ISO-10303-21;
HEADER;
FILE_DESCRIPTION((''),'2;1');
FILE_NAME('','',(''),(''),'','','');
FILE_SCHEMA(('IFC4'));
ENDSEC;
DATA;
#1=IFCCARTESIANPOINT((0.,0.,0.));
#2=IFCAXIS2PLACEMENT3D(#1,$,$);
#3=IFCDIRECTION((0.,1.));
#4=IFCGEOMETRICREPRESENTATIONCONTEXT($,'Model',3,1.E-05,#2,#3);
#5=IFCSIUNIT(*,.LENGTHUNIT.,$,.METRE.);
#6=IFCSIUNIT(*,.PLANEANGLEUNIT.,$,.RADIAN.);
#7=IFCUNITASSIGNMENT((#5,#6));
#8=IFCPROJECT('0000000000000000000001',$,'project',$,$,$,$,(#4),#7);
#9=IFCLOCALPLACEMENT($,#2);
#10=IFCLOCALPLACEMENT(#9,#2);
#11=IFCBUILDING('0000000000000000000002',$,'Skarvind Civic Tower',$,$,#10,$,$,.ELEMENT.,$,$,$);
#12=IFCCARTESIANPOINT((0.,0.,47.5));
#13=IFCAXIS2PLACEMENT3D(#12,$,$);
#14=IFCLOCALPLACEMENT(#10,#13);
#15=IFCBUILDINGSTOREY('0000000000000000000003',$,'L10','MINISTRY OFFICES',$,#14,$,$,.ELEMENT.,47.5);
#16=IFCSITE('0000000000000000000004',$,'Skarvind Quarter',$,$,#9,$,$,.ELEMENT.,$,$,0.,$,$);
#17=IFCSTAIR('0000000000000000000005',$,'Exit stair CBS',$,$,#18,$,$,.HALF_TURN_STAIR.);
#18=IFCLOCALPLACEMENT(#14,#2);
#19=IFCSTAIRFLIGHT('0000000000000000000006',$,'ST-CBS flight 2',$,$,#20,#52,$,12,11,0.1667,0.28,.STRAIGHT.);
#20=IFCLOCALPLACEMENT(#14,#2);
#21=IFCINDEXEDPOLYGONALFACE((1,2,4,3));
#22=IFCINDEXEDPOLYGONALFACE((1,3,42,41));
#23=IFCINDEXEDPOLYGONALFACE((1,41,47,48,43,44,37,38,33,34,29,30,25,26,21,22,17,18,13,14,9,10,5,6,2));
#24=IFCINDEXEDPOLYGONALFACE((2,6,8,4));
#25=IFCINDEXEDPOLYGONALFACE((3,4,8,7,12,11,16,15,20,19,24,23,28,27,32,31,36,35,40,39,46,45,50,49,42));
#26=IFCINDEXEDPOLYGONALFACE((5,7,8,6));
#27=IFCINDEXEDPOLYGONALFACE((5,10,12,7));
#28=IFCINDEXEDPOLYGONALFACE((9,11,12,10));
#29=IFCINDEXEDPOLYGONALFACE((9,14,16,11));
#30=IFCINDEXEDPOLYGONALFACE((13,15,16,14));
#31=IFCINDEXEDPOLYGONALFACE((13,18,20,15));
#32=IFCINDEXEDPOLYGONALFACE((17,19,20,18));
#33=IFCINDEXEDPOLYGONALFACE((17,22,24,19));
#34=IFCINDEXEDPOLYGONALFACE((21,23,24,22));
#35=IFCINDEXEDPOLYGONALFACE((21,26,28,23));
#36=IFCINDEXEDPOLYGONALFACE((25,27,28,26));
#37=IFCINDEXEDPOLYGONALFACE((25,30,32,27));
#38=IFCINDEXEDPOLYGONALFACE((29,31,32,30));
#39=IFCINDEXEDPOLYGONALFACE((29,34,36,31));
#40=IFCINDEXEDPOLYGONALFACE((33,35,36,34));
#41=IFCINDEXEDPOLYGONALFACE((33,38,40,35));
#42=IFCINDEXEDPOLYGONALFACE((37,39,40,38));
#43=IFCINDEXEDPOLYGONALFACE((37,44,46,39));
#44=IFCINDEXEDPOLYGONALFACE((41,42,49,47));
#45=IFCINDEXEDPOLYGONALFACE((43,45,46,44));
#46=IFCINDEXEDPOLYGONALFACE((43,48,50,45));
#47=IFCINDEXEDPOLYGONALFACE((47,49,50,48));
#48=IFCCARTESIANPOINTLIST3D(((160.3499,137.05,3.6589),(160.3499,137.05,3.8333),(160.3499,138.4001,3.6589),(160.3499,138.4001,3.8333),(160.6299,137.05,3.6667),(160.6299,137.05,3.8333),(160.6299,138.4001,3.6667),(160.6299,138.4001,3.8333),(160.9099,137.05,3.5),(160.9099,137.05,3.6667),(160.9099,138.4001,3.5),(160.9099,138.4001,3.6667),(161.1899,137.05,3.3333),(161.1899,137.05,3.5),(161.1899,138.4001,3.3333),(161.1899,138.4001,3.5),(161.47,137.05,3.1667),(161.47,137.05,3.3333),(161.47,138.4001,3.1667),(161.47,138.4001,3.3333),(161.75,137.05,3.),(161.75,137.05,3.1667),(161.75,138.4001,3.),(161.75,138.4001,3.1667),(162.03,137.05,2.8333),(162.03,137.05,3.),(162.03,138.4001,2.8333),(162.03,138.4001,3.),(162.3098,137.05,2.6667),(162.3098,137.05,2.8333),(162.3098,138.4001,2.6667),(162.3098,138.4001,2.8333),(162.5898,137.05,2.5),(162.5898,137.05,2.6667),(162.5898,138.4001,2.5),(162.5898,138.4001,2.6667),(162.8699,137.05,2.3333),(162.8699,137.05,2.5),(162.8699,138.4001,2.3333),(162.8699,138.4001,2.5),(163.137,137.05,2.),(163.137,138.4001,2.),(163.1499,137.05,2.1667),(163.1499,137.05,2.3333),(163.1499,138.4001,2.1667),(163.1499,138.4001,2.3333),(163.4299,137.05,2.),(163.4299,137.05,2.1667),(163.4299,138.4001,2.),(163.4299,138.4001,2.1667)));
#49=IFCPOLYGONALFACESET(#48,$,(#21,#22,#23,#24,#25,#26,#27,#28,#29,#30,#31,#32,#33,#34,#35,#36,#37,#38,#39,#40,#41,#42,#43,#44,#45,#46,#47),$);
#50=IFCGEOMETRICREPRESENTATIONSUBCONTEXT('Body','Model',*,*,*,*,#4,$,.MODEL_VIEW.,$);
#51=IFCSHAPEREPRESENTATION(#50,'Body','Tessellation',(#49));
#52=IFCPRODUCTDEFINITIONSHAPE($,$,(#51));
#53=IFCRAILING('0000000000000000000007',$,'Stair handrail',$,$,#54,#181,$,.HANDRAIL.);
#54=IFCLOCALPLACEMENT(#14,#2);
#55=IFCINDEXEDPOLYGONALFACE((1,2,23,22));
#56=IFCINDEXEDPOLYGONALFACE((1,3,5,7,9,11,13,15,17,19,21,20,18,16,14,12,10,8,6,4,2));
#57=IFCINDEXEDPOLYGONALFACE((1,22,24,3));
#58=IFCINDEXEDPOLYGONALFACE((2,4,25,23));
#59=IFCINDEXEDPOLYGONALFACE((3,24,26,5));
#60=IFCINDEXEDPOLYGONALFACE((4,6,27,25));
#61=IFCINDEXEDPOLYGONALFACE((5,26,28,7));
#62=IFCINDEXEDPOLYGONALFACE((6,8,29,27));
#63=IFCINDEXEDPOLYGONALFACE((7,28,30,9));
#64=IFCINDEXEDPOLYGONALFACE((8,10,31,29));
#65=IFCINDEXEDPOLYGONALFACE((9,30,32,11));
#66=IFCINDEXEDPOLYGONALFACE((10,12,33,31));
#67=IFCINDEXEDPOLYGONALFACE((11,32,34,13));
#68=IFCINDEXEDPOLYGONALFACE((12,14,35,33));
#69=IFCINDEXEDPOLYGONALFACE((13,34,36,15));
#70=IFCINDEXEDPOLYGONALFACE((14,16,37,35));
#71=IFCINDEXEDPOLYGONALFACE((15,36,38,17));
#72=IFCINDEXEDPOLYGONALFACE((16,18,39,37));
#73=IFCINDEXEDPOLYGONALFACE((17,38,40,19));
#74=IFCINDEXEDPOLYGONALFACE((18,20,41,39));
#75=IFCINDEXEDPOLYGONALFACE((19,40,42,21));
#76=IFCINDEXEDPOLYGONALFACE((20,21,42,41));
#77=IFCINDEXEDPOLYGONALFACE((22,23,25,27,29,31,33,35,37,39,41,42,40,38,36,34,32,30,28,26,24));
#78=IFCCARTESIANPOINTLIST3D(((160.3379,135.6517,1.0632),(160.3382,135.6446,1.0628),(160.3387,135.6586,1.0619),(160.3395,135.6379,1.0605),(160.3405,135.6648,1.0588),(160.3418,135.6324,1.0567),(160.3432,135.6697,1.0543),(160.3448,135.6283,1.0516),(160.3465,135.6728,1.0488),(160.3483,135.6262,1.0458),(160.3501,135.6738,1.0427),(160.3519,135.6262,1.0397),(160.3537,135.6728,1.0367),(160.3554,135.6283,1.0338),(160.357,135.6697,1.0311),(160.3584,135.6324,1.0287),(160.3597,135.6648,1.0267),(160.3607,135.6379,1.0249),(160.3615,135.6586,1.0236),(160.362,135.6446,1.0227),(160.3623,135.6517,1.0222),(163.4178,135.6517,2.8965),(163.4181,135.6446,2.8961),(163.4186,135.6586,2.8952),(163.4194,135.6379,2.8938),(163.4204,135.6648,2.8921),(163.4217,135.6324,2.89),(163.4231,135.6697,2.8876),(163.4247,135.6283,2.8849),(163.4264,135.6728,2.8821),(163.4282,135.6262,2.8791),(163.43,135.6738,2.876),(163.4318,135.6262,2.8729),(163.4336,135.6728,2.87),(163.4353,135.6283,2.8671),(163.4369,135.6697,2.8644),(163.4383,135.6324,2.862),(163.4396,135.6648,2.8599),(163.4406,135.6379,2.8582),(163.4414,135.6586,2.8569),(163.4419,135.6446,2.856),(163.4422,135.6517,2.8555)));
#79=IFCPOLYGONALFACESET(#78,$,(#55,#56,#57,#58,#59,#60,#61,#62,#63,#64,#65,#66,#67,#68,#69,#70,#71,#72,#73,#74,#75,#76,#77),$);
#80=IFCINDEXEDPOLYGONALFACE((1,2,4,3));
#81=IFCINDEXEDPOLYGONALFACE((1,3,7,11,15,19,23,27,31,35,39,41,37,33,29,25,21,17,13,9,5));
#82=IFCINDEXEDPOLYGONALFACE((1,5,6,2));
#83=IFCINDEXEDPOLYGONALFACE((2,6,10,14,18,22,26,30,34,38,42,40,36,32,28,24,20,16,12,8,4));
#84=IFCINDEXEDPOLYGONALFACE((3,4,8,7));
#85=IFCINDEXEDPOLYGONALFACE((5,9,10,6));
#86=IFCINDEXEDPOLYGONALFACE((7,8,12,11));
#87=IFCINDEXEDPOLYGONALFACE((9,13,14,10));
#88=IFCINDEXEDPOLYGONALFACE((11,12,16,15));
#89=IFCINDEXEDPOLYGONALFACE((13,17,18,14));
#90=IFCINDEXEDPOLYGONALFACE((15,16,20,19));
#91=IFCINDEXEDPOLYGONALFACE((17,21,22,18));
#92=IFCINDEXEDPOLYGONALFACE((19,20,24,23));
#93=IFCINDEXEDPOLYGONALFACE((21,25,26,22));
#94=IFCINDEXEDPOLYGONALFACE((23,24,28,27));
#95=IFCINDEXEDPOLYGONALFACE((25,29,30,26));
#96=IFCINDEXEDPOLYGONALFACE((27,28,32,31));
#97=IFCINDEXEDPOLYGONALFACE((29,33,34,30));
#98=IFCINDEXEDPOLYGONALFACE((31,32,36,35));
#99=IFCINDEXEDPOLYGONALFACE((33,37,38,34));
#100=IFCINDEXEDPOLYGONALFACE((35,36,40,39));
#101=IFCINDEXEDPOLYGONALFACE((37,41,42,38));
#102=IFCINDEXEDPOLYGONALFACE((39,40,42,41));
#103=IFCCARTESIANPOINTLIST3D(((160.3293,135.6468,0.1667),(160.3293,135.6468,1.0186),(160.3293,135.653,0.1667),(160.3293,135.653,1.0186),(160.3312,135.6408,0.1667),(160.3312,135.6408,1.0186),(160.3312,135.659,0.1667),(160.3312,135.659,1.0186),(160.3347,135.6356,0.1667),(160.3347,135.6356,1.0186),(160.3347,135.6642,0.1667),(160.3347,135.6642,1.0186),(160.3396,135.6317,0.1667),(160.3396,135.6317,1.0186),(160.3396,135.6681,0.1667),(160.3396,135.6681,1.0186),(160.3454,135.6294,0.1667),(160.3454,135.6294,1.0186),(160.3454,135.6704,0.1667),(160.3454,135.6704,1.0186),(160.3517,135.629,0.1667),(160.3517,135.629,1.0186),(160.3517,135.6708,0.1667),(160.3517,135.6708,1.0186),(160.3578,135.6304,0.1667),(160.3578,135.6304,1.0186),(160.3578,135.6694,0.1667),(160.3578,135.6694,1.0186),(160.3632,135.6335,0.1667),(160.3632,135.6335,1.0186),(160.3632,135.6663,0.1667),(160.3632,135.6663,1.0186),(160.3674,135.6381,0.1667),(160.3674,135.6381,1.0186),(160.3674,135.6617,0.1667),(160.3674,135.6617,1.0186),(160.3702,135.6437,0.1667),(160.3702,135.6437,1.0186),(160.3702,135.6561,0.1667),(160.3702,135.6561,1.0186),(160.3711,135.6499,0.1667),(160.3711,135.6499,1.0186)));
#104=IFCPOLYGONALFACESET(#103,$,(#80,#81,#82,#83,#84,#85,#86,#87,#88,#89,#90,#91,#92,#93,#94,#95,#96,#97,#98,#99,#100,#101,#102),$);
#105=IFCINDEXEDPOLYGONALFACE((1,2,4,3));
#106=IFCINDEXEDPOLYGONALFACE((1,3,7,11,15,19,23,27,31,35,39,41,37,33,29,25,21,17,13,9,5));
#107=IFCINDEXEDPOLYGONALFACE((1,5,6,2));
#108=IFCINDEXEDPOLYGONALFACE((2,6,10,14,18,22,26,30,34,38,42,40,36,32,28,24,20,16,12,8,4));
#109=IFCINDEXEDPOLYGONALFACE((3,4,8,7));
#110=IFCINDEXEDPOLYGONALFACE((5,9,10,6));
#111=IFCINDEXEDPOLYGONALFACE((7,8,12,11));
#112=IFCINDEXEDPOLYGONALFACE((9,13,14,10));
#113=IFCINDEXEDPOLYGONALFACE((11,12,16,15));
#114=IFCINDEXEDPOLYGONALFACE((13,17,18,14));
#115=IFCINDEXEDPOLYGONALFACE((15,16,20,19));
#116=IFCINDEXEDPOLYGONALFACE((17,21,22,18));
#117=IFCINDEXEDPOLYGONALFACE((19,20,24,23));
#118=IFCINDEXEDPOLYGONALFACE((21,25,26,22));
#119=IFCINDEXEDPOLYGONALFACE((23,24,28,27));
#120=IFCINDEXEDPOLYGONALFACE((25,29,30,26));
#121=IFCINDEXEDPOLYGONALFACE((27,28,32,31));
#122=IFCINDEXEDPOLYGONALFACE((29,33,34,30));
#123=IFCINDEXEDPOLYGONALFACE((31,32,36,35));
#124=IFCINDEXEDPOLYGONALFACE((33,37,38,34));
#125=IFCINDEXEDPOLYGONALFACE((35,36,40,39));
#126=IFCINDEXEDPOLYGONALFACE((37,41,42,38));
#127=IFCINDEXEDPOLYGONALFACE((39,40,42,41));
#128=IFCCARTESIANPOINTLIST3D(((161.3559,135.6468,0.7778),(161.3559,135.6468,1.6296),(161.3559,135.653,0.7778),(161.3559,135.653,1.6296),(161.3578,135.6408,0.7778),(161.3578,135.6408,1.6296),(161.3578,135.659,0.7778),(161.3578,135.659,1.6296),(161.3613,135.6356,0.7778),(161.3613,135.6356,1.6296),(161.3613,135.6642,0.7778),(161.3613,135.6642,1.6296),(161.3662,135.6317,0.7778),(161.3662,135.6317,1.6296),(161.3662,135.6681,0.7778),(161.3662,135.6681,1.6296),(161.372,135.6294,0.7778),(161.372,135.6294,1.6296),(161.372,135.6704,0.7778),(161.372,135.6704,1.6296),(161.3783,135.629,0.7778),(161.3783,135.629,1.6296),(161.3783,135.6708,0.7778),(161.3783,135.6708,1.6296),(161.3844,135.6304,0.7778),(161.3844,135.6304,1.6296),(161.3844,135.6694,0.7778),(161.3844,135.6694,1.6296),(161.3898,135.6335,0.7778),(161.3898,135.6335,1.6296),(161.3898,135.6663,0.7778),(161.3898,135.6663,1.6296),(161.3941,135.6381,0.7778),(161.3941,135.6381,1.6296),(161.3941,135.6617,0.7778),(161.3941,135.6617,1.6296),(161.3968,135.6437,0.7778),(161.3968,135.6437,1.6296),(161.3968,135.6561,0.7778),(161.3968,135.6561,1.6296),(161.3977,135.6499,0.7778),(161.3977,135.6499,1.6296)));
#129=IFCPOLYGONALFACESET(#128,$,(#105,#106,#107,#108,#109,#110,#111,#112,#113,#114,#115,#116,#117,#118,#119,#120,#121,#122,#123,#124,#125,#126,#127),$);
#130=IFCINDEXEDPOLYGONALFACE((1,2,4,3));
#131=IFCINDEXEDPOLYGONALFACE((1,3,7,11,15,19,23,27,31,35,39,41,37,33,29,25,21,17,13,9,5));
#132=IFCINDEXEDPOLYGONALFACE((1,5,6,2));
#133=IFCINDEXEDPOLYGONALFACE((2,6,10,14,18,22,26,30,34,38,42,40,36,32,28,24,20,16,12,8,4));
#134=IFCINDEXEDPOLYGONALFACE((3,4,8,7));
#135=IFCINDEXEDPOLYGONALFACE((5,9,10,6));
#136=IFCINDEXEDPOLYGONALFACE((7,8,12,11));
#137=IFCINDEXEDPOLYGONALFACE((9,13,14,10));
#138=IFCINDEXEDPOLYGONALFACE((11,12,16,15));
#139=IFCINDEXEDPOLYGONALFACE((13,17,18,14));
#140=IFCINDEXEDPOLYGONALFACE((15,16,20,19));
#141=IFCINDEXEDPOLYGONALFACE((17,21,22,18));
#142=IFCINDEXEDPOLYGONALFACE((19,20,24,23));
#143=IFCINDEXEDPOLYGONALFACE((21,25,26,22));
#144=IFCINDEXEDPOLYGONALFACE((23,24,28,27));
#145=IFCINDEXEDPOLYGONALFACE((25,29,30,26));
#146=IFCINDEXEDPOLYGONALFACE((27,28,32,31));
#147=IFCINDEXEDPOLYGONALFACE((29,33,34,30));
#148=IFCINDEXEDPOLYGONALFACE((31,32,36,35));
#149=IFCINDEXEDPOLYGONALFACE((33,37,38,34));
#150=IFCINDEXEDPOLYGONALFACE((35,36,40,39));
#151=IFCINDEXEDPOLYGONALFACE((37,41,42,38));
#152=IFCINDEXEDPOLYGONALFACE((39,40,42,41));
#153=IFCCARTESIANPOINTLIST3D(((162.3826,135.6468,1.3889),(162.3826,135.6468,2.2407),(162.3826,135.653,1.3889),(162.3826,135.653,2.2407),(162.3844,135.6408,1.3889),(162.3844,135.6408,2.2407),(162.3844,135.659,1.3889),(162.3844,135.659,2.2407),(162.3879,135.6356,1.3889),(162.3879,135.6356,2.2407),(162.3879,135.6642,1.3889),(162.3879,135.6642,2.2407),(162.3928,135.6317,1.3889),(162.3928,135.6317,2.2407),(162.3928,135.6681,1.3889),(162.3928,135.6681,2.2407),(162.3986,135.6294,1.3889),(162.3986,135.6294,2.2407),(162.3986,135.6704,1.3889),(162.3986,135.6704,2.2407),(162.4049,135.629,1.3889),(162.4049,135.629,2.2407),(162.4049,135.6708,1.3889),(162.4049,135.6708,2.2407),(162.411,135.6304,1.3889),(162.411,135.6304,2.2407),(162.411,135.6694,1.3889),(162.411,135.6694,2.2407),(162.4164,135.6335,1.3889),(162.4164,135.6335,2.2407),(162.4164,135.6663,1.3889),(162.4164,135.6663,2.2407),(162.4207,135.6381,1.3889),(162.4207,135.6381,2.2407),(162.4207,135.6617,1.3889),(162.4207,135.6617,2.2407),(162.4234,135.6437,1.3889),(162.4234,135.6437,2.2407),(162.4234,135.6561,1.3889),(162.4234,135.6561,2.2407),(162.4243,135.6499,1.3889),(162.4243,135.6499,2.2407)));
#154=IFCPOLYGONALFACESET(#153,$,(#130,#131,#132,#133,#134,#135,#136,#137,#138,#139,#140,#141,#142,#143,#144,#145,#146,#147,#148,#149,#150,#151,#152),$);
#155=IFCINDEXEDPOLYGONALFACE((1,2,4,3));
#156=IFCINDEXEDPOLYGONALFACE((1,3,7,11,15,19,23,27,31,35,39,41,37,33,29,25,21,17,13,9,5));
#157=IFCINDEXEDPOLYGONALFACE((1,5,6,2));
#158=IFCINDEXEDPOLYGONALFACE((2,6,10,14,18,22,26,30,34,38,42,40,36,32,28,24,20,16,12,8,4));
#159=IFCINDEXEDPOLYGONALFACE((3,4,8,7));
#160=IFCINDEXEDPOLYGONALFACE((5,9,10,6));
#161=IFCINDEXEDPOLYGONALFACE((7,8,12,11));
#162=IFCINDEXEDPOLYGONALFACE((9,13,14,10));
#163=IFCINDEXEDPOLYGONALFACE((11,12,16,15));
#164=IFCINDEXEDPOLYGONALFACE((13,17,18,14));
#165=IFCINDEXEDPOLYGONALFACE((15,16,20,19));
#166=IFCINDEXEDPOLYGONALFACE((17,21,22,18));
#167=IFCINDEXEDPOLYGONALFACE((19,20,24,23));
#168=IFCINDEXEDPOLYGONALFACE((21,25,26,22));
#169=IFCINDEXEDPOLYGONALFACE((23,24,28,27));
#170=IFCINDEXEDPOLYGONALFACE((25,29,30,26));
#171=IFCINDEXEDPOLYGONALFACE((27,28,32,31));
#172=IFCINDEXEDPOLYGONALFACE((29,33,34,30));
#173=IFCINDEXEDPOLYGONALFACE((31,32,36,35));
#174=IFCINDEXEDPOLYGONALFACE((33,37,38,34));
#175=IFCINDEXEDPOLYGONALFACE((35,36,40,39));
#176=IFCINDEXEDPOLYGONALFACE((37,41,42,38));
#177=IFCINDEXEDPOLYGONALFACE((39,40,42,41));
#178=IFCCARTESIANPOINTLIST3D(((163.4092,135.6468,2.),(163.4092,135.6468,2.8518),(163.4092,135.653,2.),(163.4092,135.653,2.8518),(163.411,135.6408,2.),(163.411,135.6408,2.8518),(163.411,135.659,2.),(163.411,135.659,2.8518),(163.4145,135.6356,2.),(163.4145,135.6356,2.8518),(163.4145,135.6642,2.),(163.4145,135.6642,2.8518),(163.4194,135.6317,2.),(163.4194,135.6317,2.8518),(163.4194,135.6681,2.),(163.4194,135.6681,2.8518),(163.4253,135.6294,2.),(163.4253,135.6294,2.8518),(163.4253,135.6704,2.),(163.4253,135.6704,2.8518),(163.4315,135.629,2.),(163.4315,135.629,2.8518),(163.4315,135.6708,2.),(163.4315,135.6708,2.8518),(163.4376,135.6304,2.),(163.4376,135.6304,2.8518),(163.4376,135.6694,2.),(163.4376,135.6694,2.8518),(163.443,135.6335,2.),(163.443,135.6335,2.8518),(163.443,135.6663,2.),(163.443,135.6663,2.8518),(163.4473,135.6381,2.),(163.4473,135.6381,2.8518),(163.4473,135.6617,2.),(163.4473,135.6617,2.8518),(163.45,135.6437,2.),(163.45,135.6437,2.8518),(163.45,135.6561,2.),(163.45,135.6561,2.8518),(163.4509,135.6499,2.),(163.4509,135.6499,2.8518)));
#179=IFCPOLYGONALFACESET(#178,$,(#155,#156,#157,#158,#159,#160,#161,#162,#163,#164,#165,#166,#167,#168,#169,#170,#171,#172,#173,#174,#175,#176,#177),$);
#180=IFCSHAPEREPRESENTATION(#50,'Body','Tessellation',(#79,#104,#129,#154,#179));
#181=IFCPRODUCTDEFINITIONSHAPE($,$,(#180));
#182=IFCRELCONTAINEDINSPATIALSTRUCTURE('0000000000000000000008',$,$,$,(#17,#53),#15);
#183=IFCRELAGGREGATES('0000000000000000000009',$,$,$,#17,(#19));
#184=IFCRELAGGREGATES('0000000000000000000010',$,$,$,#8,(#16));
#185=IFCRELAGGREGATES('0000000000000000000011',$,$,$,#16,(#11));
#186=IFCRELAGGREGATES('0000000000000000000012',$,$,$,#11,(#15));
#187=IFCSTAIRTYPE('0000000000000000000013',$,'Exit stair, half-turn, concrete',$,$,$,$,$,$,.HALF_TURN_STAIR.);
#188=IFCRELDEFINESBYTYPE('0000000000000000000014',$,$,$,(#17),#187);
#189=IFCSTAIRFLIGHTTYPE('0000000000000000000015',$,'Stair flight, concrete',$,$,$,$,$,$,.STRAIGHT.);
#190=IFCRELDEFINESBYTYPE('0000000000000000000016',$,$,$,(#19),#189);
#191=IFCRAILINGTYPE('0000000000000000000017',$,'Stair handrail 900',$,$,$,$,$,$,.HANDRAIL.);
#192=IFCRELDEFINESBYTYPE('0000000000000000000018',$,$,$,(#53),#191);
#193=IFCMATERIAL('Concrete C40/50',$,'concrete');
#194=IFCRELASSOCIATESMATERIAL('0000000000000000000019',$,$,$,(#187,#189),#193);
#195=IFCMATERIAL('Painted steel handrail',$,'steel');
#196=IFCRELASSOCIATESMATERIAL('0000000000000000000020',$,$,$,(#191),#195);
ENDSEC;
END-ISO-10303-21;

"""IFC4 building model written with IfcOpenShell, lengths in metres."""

from ifc_helpers import new_model, si_unit, direction, frame, origin, origin_2d, place, context, subcontext, project, spatial, polyline, circle, outline, extrude, material, type_object, element, aggregate, save


model = new_model("IFC4")

# Units and contexts
model_context = context("Model", 3, precision=1e-05, world=origin(), true_north=direction((0.0, 1.0)))
body_context = subcontext(model_context, "Body", "Model", "MODEL_VIEW")
ifc_project = project(units=[si_unit("LENGTHUNIT", "METRE"), si_unit("PLANEANGLEUNIT", "RADIAN")], contexts=[model_context])

# Site, building, storey
site_placement = place(None, origin())
site = spatial("IfcSite", under=ifc_project, at=site_placement, Name="Skarvind Quarter", CompositionType="ELEMENT", RefElevation=0.0)
building_placement = place(site_placement, origin())
building = spatial("IfcBuilding", under=site, at=building_placement, Name="Skarvind Civic Tower", CompositionType="ELEMENT")
storey_placement = place(building_placement, frame((0.0, 0.0, 47.5)))
storey = spatial("IfcBuildingStorey", under=building, at=storey_placement, Name="L10", Description="MINISTRY OFFICES", CompositionType="ELEMENT", Elevation=47.5)

# Stair, stair flight
ifc_material_1 = material(Name="Concrete C40/50", Category="concrete")
stair_type = type_object("IfcStairType", Name="Exit stair, half-turn, concrete", PredefinedType="HALF_TURN_STAIR", material=ifc_material_1)
stair_placement = place(storey_placement, origin())
stair = element("IfcStair", 1, at=stair_placement, inside=storey, type_object=stair_type, Name="Exit stair CBS", PredefinedType="HALF_TURN_STAIR")
stair_flight_type = type_object("IfcStairFlightType", Name="Stair flight, concrete", PredefinedType="STRAIGHT", material=ifc_material_1)
stair_flight_1_placement = place(storey_placement, frame((163.4299, 137.7251, 2.0), z_axis=(0.0, 0.0, 1.0), x_axis=(-1.0, 0.0, 0.0)))
stair_flight_1 = element("IfcStairFlight", 2, at=stair_flight_1_placement, type_object=stair_flight_type, Name="ST-CBS flight 2", NumberOfRisers=12, NumberOfTreads=11, PredefinedType="STRAIGHT", RiserHeight=0.1667, TreadLength=0.28, context=body_context, shape_type="SweptSolid", body=[
    extrude(outline(polyline([(0.0, 0.0), (0.0, 0.1667), (0.28, 0.1667), (0.28, 0.3333), (0.5601, 0.3333), (0.5601, 0.5), (0.8401, 0.5), (0.8401, 0.6667), (1.1201, 0.6667), (1.1201, 0.8333), (1.3999, 0.8333), (1.3999, 1.0), (1.6799, 1.0), (1.6799, 1.1667), (1.96, 1.1667), (1.96, 1.3333), (2.24, 1.3333), (2.24, 1.5), (2.52, 1.5), (2.52, 1.6667), (2.8, 1.6667), (2.8, 1.8333), (3.0801, 1.8333), (3.0801, 2.0), (3.0801, 1.6589), (0.293, 0.0), (0.0, 0.0)])), frame((0.0, 0.675, 0.0), z_axis=(0.0, -1.0, 0.0), x_axis=(1.0, 0.0, 0.0)), (0.0, 0.0, 1.0), 1.3501),
])
aggregate(stair, [stair_flight_1])

# Railing
ifc_material_2 = material(Name="Painted steel handrail", Category="steel")
railing_type = type_object("IfcRailingType", Name="Stair handrail 900", PredefinedType="HANDRAIL", material=ifc_material_2)
railing_1_placement = place(storey_placement, frame((160.3501, 135.6499, 0.1667)))
element("IfcRailing", 3, at=railing_1_placement, inside=storey, type_object=railing_type, Name="Stair handrail", PredefinedType="HANDRAIL", context=body_context, shape_type="SweptSolid", body=[
    extrude(circle(Radius=0.0239, at=origin_2d()), frame((0.0, 0.0, 0.876), z_axis=(0.859291, 0.0, 0.511487), x_axis=(0.0, 1.0, 0.0)), (0.0, 0.0, 1.0), 3.5842),
    extrude(circle(Radius=0.021, at=origin_2d()), origin(), (0.0, 0.0, 1.0), 0.8518),
    extrude(circle(Radius=0.021, at=origin_2d()), frame((1.0266, 0.0, 0.6111)), (0.0, 0.0, 1.0), 0.8518),
    extrude(circle(Radius=0.021, at=origin_2d()), frame((2.0532, 0.0, 1.2222)), (0.0, 0.0, 1.0), 0.8518),
    extrude(circle(Radius=0.021, at=origin_2d()), frame((3.0798, 0.0, 1.8333)), (0.0, 0.0, 1.0), 0.8518),
])

save(model, "model.ifc")
